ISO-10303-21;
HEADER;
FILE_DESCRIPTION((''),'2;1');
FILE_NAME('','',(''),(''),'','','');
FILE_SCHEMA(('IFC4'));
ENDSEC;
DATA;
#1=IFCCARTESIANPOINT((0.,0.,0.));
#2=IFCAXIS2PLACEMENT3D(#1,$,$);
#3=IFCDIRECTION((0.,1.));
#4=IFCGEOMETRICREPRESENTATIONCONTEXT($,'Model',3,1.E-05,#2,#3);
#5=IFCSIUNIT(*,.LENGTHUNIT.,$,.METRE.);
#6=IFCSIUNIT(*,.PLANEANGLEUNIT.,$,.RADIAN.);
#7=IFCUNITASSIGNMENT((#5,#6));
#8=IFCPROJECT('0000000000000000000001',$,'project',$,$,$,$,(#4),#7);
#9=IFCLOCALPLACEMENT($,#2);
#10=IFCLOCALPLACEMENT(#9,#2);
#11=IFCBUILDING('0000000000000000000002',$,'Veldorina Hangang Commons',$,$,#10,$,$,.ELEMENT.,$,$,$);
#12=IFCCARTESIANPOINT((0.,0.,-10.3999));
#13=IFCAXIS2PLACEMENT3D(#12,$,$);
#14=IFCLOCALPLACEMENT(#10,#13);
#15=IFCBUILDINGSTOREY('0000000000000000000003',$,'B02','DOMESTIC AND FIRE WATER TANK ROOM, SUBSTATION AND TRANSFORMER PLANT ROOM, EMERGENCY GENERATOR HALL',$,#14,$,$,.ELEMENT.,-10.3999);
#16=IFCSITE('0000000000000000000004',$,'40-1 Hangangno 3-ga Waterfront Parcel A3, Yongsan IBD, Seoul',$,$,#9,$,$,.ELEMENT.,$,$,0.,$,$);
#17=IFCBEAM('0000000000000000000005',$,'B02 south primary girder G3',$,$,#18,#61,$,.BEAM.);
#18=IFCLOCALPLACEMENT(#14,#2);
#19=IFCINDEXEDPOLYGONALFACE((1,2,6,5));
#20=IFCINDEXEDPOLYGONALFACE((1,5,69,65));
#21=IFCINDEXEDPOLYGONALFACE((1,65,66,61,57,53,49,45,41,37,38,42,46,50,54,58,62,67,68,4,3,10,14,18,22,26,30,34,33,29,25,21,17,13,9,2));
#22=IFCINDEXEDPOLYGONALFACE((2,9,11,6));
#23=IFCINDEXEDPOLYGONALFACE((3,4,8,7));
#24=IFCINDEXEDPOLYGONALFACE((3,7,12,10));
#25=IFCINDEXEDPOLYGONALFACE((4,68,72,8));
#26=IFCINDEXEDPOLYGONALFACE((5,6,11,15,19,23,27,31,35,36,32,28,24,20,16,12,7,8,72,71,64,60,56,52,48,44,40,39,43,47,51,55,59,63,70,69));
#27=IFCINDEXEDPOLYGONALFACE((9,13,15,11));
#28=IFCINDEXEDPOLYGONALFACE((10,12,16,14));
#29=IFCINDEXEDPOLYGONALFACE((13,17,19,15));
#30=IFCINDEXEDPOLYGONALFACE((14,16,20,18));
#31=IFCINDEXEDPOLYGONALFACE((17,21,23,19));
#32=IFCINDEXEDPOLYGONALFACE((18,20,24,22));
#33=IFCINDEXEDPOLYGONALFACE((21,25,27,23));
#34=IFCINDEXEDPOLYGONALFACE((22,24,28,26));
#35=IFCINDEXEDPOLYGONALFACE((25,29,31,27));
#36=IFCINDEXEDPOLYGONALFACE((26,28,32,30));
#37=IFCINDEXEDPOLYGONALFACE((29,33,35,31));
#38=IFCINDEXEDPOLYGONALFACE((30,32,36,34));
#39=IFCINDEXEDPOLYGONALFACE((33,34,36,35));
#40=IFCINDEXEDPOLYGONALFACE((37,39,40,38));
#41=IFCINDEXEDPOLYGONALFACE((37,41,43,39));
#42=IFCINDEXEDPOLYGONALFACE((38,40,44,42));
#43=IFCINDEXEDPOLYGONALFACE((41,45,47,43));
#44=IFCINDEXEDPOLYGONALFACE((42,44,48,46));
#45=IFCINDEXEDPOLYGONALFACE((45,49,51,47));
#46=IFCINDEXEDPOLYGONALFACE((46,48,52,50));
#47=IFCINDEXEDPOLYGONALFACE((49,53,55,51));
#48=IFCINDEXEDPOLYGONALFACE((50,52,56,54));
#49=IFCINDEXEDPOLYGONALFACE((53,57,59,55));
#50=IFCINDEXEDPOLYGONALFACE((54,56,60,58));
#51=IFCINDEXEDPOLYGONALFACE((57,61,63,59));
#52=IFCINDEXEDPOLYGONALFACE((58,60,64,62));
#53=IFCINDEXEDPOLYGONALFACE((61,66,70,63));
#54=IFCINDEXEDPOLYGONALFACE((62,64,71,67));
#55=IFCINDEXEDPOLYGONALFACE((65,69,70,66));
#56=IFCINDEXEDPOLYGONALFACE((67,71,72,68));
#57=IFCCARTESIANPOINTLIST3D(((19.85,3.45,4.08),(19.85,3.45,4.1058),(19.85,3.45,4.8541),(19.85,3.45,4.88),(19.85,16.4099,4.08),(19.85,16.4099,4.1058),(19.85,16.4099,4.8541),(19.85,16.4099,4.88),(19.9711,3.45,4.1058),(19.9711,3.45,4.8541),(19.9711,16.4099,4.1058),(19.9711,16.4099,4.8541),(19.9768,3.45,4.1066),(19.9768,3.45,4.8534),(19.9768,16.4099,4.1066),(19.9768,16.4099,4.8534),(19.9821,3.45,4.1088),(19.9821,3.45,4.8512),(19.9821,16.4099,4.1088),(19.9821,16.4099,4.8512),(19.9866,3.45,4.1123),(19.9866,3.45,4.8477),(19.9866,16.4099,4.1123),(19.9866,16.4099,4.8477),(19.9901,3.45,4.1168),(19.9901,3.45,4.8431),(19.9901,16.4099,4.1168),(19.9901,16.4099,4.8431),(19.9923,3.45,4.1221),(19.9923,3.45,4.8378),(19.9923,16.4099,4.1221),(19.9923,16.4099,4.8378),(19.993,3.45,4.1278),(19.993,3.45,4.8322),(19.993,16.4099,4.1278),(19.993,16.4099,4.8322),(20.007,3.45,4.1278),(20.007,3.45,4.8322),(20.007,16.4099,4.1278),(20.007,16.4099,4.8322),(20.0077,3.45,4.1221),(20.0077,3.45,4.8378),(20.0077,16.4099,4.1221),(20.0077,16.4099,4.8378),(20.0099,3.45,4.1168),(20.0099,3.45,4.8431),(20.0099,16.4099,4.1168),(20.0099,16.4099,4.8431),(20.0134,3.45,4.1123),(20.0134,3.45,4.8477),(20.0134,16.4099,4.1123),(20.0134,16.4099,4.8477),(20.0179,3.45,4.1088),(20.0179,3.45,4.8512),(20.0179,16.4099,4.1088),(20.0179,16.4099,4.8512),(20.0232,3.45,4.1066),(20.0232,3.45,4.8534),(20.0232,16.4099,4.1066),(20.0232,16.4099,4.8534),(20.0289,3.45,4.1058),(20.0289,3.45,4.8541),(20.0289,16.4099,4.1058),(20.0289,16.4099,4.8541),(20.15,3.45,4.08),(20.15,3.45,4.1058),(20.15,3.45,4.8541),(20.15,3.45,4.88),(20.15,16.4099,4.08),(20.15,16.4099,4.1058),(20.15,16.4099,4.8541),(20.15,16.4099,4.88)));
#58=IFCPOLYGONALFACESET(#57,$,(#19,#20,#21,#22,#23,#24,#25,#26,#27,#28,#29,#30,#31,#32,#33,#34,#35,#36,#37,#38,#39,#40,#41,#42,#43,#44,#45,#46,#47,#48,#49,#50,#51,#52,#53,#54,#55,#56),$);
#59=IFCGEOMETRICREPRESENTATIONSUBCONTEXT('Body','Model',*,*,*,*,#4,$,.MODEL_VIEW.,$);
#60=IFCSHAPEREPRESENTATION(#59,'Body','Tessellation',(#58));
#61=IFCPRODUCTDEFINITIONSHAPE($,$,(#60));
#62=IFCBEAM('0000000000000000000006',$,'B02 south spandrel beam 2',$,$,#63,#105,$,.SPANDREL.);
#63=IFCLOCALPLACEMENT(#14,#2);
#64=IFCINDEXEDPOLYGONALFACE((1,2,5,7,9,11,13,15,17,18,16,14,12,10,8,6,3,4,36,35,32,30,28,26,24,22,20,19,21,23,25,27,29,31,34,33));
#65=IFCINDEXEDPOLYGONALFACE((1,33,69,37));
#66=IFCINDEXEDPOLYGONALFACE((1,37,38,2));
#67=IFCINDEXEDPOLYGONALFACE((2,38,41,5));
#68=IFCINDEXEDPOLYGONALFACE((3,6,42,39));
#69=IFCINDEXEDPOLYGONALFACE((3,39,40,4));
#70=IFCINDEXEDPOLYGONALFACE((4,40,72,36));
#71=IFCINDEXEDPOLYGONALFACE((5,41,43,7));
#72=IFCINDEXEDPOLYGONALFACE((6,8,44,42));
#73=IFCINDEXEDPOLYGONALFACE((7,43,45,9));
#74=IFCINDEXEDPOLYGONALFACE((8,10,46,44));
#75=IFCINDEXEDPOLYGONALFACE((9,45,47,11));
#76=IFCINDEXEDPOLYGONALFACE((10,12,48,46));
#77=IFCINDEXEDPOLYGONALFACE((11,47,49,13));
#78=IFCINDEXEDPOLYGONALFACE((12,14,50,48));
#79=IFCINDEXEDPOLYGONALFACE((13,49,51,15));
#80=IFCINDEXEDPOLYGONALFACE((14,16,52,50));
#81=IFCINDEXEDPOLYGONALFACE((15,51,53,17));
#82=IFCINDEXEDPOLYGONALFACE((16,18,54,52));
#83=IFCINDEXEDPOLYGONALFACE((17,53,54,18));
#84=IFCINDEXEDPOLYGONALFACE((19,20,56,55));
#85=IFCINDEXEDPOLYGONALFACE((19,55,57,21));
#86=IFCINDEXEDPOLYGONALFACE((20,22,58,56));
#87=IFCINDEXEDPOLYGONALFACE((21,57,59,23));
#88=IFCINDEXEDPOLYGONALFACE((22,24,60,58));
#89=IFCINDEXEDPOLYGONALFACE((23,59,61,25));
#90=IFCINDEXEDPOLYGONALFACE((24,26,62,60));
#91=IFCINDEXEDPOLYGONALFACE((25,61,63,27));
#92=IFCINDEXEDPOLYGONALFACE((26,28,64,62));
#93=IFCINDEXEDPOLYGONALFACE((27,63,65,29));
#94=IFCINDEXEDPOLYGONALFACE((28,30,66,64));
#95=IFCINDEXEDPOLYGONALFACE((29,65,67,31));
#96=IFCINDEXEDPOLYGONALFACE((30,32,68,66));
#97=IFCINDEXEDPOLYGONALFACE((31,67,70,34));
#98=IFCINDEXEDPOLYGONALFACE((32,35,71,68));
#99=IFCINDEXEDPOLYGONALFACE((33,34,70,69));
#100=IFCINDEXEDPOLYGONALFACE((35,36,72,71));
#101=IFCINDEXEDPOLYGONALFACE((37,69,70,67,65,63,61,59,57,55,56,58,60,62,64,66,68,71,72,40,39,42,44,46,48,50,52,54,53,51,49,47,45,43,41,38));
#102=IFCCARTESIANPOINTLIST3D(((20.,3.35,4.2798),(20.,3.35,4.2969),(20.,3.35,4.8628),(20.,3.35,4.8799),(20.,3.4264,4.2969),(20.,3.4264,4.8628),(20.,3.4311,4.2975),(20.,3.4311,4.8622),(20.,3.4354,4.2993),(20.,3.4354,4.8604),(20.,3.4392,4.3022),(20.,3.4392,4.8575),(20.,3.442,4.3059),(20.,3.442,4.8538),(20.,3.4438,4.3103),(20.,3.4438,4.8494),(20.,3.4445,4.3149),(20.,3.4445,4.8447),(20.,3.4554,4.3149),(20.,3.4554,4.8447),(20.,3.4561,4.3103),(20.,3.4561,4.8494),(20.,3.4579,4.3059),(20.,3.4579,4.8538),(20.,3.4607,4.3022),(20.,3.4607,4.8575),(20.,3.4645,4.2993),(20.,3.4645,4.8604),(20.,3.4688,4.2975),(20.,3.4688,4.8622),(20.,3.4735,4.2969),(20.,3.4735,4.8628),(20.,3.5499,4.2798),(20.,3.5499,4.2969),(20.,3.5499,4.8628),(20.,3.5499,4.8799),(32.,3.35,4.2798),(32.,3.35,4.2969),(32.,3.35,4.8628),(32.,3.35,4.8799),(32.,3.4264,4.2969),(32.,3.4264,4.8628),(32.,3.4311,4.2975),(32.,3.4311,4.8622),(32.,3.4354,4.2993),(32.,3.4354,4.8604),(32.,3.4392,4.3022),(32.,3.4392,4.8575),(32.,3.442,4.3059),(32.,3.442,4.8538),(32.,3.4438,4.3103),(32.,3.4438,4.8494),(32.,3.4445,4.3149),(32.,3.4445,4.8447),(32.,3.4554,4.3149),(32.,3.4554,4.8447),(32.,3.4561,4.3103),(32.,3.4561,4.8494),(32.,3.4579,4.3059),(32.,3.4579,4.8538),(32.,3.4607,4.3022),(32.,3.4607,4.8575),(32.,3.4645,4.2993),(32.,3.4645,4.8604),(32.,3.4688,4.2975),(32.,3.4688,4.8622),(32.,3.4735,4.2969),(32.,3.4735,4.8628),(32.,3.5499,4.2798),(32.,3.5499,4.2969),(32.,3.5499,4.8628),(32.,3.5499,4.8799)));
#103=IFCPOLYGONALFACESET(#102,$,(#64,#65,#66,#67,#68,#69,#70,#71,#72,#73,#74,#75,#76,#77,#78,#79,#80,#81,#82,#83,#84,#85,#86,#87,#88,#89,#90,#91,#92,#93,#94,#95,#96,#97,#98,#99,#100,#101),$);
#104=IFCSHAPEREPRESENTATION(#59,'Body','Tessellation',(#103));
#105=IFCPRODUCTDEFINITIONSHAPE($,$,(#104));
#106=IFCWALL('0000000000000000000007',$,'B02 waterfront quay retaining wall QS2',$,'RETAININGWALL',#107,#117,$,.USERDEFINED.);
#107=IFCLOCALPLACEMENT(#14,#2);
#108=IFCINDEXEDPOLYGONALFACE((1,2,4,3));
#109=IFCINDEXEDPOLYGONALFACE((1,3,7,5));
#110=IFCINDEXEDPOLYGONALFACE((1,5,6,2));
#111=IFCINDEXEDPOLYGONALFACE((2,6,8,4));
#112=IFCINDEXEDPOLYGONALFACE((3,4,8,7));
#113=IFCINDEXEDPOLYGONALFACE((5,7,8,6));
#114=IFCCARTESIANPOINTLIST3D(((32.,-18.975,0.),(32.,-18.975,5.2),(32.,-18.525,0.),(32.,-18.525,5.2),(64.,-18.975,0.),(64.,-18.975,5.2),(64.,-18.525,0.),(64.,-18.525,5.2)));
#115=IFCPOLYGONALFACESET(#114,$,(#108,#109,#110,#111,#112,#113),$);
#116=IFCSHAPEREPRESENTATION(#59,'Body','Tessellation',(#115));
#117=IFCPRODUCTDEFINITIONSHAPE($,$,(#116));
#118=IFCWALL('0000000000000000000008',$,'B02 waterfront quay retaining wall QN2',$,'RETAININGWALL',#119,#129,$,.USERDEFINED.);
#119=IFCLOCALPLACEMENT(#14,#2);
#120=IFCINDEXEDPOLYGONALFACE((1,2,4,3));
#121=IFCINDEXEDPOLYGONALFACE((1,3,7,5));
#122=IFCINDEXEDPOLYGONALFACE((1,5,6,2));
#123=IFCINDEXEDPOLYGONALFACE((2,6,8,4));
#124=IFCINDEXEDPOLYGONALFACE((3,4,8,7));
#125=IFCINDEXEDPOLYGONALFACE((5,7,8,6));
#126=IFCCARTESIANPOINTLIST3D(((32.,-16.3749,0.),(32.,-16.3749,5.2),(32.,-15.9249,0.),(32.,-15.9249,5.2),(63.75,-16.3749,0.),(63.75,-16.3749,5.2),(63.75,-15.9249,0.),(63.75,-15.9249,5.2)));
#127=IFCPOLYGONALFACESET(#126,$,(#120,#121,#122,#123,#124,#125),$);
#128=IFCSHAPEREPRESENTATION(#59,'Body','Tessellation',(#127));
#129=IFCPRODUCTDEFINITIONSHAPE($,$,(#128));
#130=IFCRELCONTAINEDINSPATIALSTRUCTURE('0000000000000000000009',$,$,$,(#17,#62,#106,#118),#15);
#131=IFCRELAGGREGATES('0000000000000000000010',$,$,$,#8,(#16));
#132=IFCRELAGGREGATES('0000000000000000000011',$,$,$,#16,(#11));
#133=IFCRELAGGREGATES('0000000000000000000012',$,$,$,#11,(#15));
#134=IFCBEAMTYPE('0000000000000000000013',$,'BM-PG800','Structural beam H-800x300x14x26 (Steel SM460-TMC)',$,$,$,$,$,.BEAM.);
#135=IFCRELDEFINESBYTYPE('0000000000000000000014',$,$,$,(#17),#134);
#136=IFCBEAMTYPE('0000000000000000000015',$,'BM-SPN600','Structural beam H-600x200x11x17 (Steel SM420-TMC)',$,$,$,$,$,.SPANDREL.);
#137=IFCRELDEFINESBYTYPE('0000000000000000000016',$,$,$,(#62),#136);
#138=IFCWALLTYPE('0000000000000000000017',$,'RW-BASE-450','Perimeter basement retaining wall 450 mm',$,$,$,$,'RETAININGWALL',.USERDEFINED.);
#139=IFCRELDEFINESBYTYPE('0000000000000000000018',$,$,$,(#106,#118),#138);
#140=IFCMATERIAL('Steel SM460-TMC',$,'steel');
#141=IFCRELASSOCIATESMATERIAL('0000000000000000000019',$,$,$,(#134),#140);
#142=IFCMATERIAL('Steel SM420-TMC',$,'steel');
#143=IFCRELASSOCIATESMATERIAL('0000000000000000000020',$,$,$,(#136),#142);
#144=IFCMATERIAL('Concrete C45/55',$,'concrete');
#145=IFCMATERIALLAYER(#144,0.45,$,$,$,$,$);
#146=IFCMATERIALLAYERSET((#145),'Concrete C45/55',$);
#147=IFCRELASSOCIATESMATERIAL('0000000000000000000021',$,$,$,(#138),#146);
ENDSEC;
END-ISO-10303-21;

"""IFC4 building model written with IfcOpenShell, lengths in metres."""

from ifc_helpers import new_model, si_unit, direction, frame, frame_2d, origin, origin_2d, place, context, subcontext, project, spatial, rectangle, i_section, extrude, material, layer, layer_set, material_profile, profile_set, type_object, element, save


model = new_model("IFC4")

# Units and contexts
model_context = context("Model", 3, precision=1e-05, world=origin(), true_north=direction((0.0, 1.0)))
body_context = subcontext(model_context, "Body", "Model", "MODEL_VIEW")
ifc_project = project(units=[si_unit("LENGTHUNIT", "METRE"), si_unit("PLANEANGLEUNIT", "RADIAN")], contexts=[model_context])

# Site, building, storey
site_placement = place(None, origin())
site = spatial("IfcSite", under=ifc_project, at=site_placement, Name="40-1 Hangangno 3-ga Waterfront Parcel A3, Yongsan IBD, Seoul", CompositionType="ELEMENT", RefElevation=0.0)
building_placement = place(site_placement, origin())
building = spatial("IfcBuilding", under=site, at=building_placement, Name="Veldorina Hangang Commons", CompositionType="ELEMENT")
storey_placement = place(building_placement, frame((0.0, 0.0, -10.3999)))
storey = spatial("IfcBuildingStorey", under=building, at=storey_placement, Name="B02", Description="DOMESTIC AND FIRE WATER TANK ROOM, SUBSTATION AND TRANSFORMER PLANT ROOM, EMERGENCY GENERATOR HALL", CompositionType="ELEMENT", Elevation=-10.3999)

# Shared definitions
ifc_material_1 = material(Name="Concrete C45/55", Category="concrete")

# Shared definitions
ifc_material_2 = material(Name="Steel SM420-TMC", Category="steel")

# Beams
ifc_material_3 = material(Name="Steel SM460-TMC", Category="steel")
ifc_material_profile_1 = material_profile(ifc_material_3, i_section(OverallWidth=0.3, OverallDepth=0.8, WebThickness=0.0139, FlangeThickness=0.0259, FilletRadius=0.022, at=origin_2d()), Name="H-800x300x14x26")
ifc_profile_set_1 = profile_set([ifc_material_profile_1], Name="Steel SM460-TMC")
beam_type_1 = type_object("IfcBeamType", Name="BM-PG800", Description="Structural beam H-800x300x14x26 (Steel SM460-TMC)", PredefinedType="BEAM", material=ifc_profile_set_1)
beam_1_placement = place(storey_placement, frame((20.0, 3.45, 4.48), z_axis=(0.0, 1.0, 0.0), x_axis=(-1.0, 0.0, 0.0)))
element("IfcBeam", 1, at=beam_1_placement, inside=storey, type_object=beam_type_1, Name="B02 south primary girder G3", PredefinedType="BEAM", context=body_context, shape_type="SweptSolid", body=[
    extrude(i_section(OverallWidth=0.3, OverallDepth=0.8, WebThickness=0.0139, FlangeThickness=0.0259, FilletRadius=0.022, at=origin_2d()), origin(), (0.0, 0.0, 1.0), 12.96),
])
ifc_material_profile_2 = material_profile(ifc_material_2, i_section(OverallWidth=0.2, OverallDepth=0.6001, WebThickness=0.011, FlangeThickness=0.0171, FilletRadius=0.0181, at=origin_2d()), Name="H-600x200x11x17")
ifc_profile_set_2 = profile_set([ifc_material_profile_2], Name="Steel SM420-TMC")
beam_type_2 = type_object("IfcBeamType", Name="BM-SPN600", Description="Structural beam H-600x200x11x17 (Steel SM420-TMC)", PredefinedType="SPANDREL", material=ifc_profile_set_2)
beam_2_placement = place(storey_placement, frame((20.0, 3.45, 4.5798), z_axis=(1.0, 0.0, 0.0), x_axis=(0.0, 1.0, 0.0)))
element("IfcBeam", 2, at=beam_2_placement, inside=storey, type_object=beam_type_2, Name="B02 south spandrel beam 2", PredefinedType="SPANDREL", context=body_context, shape_type="SweptSolid", body=[
    extrude(i_section(OverallWidth=0.2, OverallDepth=0.6001, WebThickness=0.011, FlangeThickness=0.0171, FilletRadius=0.0181, at=origin_2d()), origin(), (0.0, 0.0, 1.0), 12.0),
])

# Walls
ifc_layer = layer(ifc_material_1, 0.45)
ifc_layer_set = layer_set([ifc_layer], Name="Concrete C45/55")
wall_type = type_object("IfcWallType", Name="RW-BASE-450", Description="Perimeter basement retaining wall 450 mm", ElementType="RETAININGWALL", PredefinedType="USERDEFINED", material=ifc_layer_set)
wall_1_placement = place(storey_placement, frame((32.0, -18.75, 0.0), z_axis=(0.0, 0.0, 1.0), x_axis=(1.0, 0.0, 0.0)))
element("IfcWall", 3, at=wall_1_placement, inside=storey, type_object=wall_type, Name="B02 waterfront quay retaining wall QS2", ObjectType="RETAININGWALL", PredefinedType="USERDEFINED", context=body_context, shape_type="SweptSolid", body=[
    extrude(rectangle(XDim=32.0, YDim=0.45, at=frame_2d((16.0, 0.0))), origin(), (0.0, 0.0, 1.0), 5.2),
])
wall_2_placement = place(storey_placement, frame((32.0, -16.1499, 0.0), z_axis=(0.0, 0.0, 1.0), x_axis=(1.0, 0.0, 0.0)))
element("IfcWall", 4, at=wall_2_placement, inside=storey, type_object=wall_type, Name="B02 waterfront quay retaining wall QN2", ObjectType="RETAININGWALL", PredefinedType="USERDEFINED", context=body_context, shape_type="SweptSolid", body=[
    extrude(rectangle(XDim=31.75, YDim=0.45, at=frame_2d((15.875, 0.0))), origin(), (0.0, 0.0, 1.0), 5.2),
])

save(model, "model.ifc")
